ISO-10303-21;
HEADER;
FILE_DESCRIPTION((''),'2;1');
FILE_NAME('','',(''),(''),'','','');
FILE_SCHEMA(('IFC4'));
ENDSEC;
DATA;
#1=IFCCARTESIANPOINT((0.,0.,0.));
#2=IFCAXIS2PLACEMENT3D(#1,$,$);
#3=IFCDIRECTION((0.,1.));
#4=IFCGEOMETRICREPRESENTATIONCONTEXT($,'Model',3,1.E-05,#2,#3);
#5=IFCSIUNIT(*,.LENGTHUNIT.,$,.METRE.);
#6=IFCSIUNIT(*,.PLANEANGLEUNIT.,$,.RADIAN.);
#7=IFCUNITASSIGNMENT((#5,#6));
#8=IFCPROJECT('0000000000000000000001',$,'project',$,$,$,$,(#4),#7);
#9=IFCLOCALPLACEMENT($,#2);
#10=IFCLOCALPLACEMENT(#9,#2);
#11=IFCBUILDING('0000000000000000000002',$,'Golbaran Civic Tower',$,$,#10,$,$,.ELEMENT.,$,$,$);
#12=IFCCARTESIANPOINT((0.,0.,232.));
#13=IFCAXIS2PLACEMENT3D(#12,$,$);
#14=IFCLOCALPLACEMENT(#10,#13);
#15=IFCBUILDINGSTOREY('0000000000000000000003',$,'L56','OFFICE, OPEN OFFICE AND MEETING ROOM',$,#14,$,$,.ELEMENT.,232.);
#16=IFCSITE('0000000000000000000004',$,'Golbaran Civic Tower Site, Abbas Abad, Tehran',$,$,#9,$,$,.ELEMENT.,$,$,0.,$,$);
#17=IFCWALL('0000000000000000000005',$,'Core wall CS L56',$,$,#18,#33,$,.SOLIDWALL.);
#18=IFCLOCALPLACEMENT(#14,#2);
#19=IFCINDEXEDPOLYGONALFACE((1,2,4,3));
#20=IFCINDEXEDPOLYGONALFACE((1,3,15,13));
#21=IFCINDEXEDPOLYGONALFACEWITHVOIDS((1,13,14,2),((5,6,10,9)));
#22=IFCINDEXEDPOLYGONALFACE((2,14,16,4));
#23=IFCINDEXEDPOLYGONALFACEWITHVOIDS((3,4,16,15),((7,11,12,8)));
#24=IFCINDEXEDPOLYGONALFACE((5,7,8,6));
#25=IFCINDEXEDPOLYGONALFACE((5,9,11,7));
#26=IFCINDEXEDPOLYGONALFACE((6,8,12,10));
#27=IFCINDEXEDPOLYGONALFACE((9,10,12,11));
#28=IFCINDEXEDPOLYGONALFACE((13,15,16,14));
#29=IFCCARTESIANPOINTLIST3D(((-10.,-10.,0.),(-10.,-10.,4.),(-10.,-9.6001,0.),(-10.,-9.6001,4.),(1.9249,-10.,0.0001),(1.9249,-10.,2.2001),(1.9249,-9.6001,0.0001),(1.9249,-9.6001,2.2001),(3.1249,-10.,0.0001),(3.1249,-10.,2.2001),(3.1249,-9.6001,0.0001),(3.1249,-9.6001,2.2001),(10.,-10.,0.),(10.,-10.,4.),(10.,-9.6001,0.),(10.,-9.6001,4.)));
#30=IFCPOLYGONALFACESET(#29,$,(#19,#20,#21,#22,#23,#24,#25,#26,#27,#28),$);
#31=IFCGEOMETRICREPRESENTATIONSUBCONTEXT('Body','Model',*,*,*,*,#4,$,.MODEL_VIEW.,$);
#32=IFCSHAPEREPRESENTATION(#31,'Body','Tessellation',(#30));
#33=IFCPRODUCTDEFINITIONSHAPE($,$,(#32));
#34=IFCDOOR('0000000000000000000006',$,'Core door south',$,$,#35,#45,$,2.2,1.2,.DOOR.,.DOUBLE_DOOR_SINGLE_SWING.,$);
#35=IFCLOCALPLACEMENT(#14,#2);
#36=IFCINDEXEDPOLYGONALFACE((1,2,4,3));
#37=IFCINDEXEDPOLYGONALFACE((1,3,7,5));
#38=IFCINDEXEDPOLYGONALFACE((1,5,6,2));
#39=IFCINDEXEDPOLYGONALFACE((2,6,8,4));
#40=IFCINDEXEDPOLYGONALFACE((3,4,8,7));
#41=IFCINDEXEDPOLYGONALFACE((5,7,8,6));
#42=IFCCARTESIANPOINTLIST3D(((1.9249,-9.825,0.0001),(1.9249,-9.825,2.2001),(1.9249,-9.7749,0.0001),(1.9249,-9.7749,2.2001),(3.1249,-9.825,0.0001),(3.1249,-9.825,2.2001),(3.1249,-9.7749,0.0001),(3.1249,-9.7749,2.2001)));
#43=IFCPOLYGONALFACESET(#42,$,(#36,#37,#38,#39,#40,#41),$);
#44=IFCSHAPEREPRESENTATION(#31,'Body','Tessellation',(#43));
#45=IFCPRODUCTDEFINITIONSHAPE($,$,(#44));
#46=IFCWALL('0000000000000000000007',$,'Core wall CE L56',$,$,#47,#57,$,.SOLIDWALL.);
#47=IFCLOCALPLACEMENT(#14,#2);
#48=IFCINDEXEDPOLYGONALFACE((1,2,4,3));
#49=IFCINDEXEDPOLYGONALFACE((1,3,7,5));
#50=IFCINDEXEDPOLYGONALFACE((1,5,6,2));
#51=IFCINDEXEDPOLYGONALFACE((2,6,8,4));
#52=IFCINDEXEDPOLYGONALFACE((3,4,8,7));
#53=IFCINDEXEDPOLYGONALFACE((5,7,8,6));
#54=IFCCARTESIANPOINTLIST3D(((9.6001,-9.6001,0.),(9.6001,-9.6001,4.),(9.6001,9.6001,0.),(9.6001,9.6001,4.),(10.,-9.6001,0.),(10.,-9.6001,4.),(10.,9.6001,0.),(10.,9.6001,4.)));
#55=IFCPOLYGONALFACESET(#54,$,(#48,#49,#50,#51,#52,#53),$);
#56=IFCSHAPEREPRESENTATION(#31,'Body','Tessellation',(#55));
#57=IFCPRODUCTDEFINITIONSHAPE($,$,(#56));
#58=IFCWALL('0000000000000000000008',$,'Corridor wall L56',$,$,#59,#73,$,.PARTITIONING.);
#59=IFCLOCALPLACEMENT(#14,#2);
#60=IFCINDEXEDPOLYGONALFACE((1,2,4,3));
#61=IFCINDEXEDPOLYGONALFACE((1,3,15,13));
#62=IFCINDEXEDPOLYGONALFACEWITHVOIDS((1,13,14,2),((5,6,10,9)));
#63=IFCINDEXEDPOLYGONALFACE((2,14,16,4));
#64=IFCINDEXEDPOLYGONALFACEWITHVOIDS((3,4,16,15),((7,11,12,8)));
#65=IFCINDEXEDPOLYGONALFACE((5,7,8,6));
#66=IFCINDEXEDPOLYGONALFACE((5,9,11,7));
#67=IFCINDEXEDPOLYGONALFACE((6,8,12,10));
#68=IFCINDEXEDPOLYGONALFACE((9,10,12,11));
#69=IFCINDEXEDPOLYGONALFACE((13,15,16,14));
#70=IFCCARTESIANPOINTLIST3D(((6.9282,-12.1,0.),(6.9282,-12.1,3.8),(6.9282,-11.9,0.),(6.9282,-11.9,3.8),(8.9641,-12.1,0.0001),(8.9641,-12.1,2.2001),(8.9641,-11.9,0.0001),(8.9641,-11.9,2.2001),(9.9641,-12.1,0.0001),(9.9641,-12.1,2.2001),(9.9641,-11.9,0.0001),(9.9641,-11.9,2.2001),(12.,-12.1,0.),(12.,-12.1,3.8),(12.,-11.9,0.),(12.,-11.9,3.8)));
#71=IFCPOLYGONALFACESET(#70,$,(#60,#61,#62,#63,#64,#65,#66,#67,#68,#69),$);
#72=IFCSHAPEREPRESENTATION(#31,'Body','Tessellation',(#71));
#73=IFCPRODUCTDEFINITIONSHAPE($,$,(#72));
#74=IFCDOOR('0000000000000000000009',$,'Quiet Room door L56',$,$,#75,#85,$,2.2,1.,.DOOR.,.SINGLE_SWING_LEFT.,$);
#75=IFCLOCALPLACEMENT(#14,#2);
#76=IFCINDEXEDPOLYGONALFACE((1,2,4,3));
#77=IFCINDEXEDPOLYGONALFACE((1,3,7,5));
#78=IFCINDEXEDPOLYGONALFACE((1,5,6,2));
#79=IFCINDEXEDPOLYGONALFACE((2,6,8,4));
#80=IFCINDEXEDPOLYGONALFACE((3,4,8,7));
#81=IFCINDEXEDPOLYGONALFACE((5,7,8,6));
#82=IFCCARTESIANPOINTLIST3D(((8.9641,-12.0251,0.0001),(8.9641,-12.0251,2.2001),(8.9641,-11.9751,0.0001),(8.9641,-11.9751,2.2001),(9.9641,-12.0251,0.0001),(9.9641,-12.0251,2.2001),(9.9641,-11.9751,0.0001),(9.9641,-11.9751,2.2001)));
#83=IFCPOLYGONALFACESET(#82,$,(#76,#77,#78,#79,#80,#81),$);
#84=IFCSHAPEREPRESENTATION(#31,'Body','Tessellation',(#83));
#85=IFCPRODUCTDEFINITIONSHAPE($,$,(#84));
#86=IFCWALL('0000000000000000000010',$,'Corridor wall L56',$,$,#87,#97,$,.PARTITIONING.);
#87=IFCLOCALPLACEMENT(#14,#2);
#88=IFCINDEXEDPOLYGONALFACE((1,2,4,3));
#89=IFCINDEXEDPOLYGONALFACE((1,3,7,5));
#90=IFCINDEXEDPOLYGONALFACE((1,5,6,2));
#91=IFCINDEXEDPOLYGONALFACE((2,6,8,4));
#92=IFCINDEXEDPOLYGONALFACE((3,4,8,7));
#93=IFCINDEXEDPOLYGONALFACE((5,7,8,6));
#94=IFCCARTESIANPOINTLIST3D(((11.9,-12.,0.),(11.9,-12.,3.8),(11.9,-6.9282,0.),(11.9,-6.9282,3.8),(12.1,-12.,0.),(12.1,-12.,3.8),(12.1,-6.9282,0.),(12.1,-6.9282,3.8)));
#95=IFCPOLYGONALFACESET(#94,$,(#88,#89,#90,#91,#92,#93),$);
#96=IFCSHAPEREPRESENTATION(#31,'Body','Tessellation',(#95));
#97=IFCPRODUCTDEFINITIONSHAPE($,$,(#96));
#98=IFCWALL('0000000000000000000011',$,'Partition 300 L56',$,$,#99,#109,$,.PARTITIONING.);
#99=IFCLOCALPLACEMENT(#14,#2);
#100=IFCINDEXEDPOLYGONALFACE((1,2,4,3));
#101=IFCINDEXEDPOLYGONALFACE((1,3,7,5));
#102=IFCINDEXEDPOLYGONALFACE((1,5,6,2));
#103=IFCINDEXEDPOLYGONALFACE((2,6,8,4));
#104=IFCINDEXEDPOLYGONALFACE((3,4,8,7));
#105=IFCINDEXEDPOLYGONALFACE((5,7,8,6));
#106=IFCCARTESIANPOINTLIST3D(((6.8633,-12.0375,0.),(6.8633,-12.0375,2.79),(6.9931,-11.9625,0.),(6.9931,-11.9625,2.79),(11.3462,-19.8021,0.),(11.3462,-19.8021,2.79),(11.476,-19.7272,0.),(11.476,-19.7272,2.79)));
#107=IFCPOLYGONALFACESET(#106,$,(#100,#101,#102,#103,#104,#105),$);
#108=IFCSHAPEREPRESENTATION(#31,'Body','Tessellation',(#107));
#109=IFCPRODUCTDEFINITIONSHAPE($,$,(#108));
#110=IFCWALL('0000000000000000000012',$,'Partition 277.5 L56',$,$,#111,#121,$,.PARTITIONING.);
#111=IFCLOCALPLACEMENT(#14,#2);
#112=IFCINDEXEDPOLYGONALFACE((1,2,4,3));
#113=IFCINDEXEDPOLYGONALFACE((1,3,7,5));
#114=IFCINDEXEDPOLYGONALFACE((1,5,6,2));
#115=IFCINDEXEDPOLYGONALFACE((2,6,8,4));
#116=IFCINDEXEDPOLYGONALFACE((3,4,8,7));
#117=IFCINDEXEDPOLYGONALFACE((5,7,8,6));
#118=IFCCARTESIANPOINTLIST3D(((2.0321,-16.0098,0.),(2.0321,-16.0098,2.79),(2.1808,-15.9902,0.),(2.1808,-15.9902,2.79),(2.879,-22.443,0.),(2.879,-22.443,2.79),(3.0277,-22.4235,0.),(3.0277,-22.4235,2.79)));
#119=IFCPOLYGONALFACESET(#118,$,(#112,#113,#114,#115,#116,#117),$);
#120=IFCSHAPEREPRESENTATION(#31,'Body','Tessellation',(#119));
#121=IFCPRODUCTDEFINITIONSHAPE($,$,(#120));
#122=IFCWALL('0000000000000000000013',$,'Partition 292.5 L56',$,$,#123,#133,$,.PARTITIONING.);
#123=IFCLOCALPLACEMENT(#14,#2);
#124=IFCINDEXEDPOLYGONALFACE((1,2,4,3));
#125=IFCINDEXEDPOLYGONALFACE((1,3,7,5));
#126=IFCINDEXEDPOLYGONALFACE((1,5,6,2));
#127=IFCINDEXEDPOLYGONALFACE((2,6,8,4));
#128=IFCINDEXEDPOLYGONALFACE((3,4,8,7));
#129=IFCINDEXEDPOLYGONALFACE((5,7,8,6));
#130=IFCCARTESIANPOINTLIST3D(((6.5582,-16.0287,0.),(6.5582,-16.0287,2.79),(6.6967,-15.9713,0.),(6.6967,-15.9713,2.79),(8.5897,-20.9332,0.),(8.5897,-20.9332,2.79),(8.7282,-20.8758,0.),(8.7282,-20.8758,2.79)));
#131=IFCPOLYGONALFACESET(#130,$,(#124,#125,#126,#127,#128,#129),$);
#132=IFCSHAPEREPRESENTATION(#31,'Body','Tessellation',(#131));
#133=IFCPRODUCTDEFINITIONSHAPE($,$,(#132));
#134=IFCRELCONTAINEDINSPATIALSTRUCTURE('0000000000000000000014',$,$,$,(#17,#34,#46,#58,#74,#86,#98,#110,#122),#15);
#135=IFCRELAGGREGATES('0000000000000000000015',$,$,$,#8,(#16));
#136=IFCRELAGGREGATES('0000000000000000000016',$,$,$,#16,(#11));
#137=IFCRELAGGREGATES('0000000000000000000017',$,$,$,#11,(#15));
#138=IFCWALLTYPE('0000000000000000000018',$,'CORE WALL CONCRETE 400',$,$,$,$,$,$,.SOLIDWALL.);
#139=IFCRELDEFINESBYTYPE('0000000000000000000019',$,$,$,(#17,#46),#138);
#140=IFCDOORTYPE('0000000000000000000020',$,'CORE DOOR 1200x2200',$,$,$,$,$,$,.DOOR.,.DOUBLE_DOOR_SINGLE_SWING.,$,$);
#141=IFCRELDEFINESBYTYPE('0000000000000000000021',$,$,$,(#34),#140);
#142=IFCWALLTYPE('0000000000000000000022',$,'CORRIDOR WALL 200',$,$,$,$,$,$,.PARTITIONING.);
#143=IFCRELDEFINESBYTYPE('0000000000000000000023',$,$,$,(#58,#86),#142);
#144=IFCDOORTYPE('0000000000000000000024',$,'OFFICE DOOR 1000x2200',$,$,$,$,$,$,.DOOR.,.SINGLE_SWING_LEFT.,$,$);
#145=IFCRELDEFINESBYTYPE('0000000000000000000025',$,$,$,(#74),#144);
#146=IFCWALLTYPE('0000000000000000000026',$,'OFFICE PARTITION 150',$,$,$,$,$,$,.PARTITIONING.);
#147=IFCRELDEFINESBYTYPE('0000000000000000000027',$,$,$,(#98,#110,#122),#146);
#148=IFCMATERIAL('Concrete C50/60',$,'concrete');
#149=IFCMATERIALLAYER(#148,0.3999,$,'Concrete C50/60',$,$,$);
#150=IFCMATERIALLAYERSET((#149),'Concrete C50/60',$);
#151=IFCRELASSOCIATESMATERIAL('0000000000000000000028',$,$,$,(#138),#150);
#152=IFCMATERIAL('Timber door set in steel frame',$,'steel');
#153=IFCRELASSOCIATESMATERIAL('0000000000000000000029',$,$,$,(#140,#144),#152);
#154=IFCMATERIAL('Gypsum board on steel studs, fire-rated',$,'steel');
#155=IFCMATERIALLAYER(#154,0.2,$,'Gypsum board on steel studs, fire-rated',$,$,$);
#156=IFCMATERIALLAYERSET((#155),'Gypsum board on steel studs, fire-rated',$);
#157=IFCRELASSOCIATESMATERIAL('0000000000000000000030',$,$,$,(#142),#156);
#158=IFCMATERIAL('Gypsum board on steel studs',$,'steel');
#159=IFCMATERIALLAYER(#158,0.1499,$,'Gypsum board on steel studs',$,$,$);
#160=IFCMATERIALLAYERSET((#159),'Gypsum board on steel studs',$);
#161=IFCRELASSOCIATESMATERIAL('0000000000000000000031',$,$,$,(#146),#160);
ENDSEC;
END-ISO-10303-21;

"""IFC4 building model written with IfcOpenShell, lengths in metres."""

from ifc_helpers import new_model, si_unit, direction, frame, frame_2d, origin, place, context, subcontext, project, spatial, rectangle, extrude, material, layer, layer_set, type_object, element, fill, save


model = new_model("IFC4")

# Units and contexts
model_context = context("Model", 3, precision=1e-05, world=origin(), true_north=direction((0.0, 1.0)))
body_context = subcontext(model_context, "Body", "Model", "MODEL_VIEW")
ifc_project = project(units=[si_unit("LENGTHUNIT", "METRE"), si_unit("PLANEANGLEUNIT", "RADIAN")], contexts=[model_context])

# Site, building, storey
site_placement = place(None, origin())
site = spatial("IfcSite", under=ifc_project, at=site_placement, Name="Golbaran Civic Tower Site, Abbas Abad, Tehran", CompositionType="ELEMENT", RefElevation=0.0)
building_placement = place(site_placement, origin())
building = spatial("IfcBuilding", under=site, at=building_placement, Name="Golbaran Civic Tower", CompositionType="ELEMENT")
storey_placement = place(building_placement, frame((0.0, 0.0, 232.0)))
storey = spatial("IfcBuildingStorey", under=building, at=storey_placement, Name="L56", Description="OFFICE, OPEN OFFICE AND MEETING ROOM", CompositionType="ELEMENT", Elevation=232.0)

# Wall, opening, door
ifc_material_1 = material(Name="Concrete C50/60", Category="concrete")
ifc_layer_1 = layer(ifc_material_1, 0.3999, Name="Concrete C50/60")
ifc_layer_set_1 = layer_set([ifc_layer_1], Name="Concrete C50/60")
wall_type_1 = type_object("IfcWallType", Name="CORE WALL CONCRETE 400", PredefinedType="SOLIDWALL", material=ifc_layer_set_1)
wall_1_placement = place(storey_placement, frame((10.0, -9.8, 0.0), z_axis=(0.0, 0.0, 1.0), x_axis=(-1.0, 0.0, 0.0)))
wall_1 = element("IfcWall", 1, at=wall_1_placement, inside=storey, type_object=wall_type_1, Name="Core wall CS L56", PredefinedType="SOLIDWALL", context=body_context, shape_type="SweptSolid", body=[
    extrude(rectangle(XDim=20.0, YDim=0.3999, at=frame_2d((10.0, 0.0))), origin(), (0.0, 0.0, 1.0), 4.0),
])
opening_1_placement = place(wall_1_placement, frame((6.875, 0.0, 0.0)))
opening_1 = element("IfcOpeningElement", 2, at=opening_1_placement, cuts=wall_1, PredefinedType="OPENING", context=body_context, shape_type="SweptSolid", body=[
    extrude(rectangle(XDim=1.2, YDim=2.2, at=frame_2d((0.6001, 1.1001))), frame((0.0, 0.21, 0.0), z_axis=(0.0, -1.0, 0.0), x_axis=(1.0, 0.0, 0.0)), (0.0, 0.0, 1.0), 0.4199),
])
ifc_material_2 = material(Name="Timber door set in steel frame", Category="steel")
door_type_1 = type_object("IfcDoorType", Name="CORE DOOR 1200x2200", OperationType="DOUBLE_DOOR_SINGLE_SWING", PredefinedType="DOOR", material=ifc_material_2)
door_1_placement = place(opening_1_placement, origin())
door_1 = element("IfcDoor", 3, at=door_1_placement, inside=storey, type_object=door_type_1, Name="Core door south", OperationType="DOUBLE_DOOR_SINGLE_SWING", OverallHeight=2.2, OverallWidth=1.2, PredefinedType="DOOR", context=body_context, shape_type="SweptSolid", body=[
    extrude(rectangle(XDim=1.2, YDim=2.2, at=frame_2d((0.6001, 1.1001))), frame((0.0, 0.0249, 0.0), z_axis=(0.0, -1.0, 0.0), x_axis=(1.0, 0.0, 0.0)), (0.0, 0.0, 1.0), 0.05),
])
fill(opening_1, door_1)

# Wall
wall_2_placement = place(storey_placement, frame((9.8, -9.6001, 0.0), z_axis=(0.0, 0.0, 1.0), x_axis=(0.0, 1.0, 0.0)))
element("IfcWall", 4, at=wall_2_placement, inside=storey, type_object=wall_type_1, Name="Core wall CE L56", PredefinedType="SOLIDWALL", context=body_context, shape_type="SweptSolid", body=[
    extrude(rectangle(XDim=19.2002, YDim=0.3999, at=frame_2d((9.6001, 0.0))), origin(), (0.0, 0.0, 1.0), 4.0),
])

# Wall, opening, door
ifc_material_3 = material(Name="Gypsum board on steel studs, fire-rated", Category="steel")
ifc_layer_2 = layer(ifc_material_3, 0.2, Name="Gypsum board on steel studs, fire-rated")
ifc_layer_set_2 = layer_set([ifc_layer_2], Name="Gypsum board on steel studs, fire-rated")
wall_type_2 = type_object("IfcWallType", Name="CORRIDOR WALL 200", PredefinedType="PARTITIONING", material=ifc_layer_set_2)
wall_3_placement = place(storey_placement, frame((6.9282, -12.0, 0.0), z_axis=(0.0, 0.0, 1.0), x_axis=(1.0, 0.0, 0.0)))
wall_3 = element("IfcWall", 5, at=wall_3_placement, inside=storey, type_object=wall_type_2, Name="Corridor wall L56", PredefinedType="PARTITIONING", context=body_context, shape_type="SweptSolid", body=[
    extrude(rectangle(XDim=5.0718, YDim=0.2, at=frame_2d((2.5359, 0.0))), origin(), (0.0, 0.0, 1.0), 3.8),
])
opening_2_placement = place(wall_3_placement, frame((2.0359, 0.0, 0.0)))
opening_2 = element("IfcOpeningElement", 6, at=opening_2_placement, cuts=wall_3, PredefinedType="OPENING", context=body_context, shape_type="SweptSolid", body=[
    extrude(rectangle(XDim=1.0, YDim=2.2, at=frame_2d((0.5, 1.1001))), frame((0.0, 0.1099, 0.0), z_axis=(0.0, -1.0, 0.0), x_axis=(1.0, 0.0, 0.0)), (0.0, 0.0, 1.0), 0.22),
])
door_type_2 = type_object("IfcDoorType", Name="OFFICE DOOR 1000x2200", OperationType="SINGLE_SWING_LEFT", PredefinedType="DOOR", material=ifc_material_2)
door_2_placement = place(opening_2_placement, origin())
door_2 = element("IfcDoor", 7, at=door_2_placement, inside=storey, type_object=door_type_2, Name="Quiet Room door L56", OperationType="SINGLE_SWING_LEFT", OverallHeight=2.2, OverallWidth=1.0, PredefinedType="DOOR", context=body_context, shape_type="SweptSolid", body=[
    extrude(rectangle(XDim=1.0, YDim=2.2, at=frame_2d((0.5, 1.1001))), frame((0.0, 0.0249, 0.0), z_axis=(0.0, -1.0, 0.0), x_axis=(1.0, 0.0, 0.0)), (0.0, 0.0, 1.0), 0.05),
])
fill(opening_2, door_2)

# Walls
wall_4_placement = place(storey_placement, frame((12.0, -12.0, 0.0), z_axis=(0.0, 0.0, 1.0), x_axis=(0.0, 1.0, 0.0)))
element("IfcWall", 8, at=wall_4_placement, inside=storey, type_object=wall_type_2, Name="Corridor wall L56", PredefinedType="PARTITIONING", context=body_context, shape_type="SweptSolid", body=[
    extrude(rectangle(XDim=5.0718, YDim=0.2, at=frame_2d((2.5359, 0.0))), origin(), (0.0, 0.0, 1.0), 3.8),
])
ifc_material_4 = material(Name="Gypsum board on steel studs", Category="steel")
ifc_layer_3 = layer(ifc_material_4, 0.1499, Name="Gypsum board on steel studs")
ifc_layer_set_3 = layer_set([ifc_layer_3], Name="Gypsum board on steel studs")
wall_type_3 = type_object("IfcWallType", Name="OFFICE PARTITION 150", PredefinedType="PARTITIONING", material=ifc_layer_set_3)
wall_5_placement = place(storey_placement, frame((6.9282, -12.0, 0.0), z_axis=(0.0, 0.0, 1.0), x_axis=(0.499999, -0.866026, 0.0)))
element("IfcWall", 9, at=wall_5_placement, inside=storey, type_object=wall_type_3, Name="Partition 300 L56", PredefinedType="PARTITIONING", context=body_context, shape_type="SweptSolid", body=[
    extrude(rectangle(XDim=8.9658, YDim=0.1499, at=frame_2d((4.4829, 0.0))), origin(), (0.0, 0.0, 1.0), 2.79),
])
wall_6_placement = place(storey_placement, frame((2.1064, -16.0, 0.0), z_axis=(0.0, 0.0, 1.0), x_axis=(0.13052, -0.991446, 0.0)))
element("IfcWall", 10, at=wall_6_placement, inside=storey, type_object=wall_type_3, Name="Partition 277.5 L56", PredefinedType="PARTITIONING", context=body_context, shape_type="SweptSolid", body=[
    extrude(rectangle(XDim=6.4888, YDim=0.1499, at=frame_2d((3.2444, 0.0))), origin(), (0.0, 0.0, 1.0), 2.79),
])
wall_7_placement = place(storey_placement, frame((6.6274, -16.0, 0.0), z_axis=(0.0, 0.0, 1.0), x_axis=(0.382678, -0.923882, 0.0)))
element("IfcWall", 11, at=wall_7_placement, inside=storey, type_object=wall_type_3, Name="Partition 292.5 L56", PredefinedType="PARTITIONING", context=body_context, shape_type="SweptSolid", body=[
    extrude(rectangle(XDim=5.3086, YDim=0.1499, at=frame_2d((2.6543, 0.0))), origin(), (0.0, 0.0, 1.0), 2.79),
])

save(model, "model.ifc")
